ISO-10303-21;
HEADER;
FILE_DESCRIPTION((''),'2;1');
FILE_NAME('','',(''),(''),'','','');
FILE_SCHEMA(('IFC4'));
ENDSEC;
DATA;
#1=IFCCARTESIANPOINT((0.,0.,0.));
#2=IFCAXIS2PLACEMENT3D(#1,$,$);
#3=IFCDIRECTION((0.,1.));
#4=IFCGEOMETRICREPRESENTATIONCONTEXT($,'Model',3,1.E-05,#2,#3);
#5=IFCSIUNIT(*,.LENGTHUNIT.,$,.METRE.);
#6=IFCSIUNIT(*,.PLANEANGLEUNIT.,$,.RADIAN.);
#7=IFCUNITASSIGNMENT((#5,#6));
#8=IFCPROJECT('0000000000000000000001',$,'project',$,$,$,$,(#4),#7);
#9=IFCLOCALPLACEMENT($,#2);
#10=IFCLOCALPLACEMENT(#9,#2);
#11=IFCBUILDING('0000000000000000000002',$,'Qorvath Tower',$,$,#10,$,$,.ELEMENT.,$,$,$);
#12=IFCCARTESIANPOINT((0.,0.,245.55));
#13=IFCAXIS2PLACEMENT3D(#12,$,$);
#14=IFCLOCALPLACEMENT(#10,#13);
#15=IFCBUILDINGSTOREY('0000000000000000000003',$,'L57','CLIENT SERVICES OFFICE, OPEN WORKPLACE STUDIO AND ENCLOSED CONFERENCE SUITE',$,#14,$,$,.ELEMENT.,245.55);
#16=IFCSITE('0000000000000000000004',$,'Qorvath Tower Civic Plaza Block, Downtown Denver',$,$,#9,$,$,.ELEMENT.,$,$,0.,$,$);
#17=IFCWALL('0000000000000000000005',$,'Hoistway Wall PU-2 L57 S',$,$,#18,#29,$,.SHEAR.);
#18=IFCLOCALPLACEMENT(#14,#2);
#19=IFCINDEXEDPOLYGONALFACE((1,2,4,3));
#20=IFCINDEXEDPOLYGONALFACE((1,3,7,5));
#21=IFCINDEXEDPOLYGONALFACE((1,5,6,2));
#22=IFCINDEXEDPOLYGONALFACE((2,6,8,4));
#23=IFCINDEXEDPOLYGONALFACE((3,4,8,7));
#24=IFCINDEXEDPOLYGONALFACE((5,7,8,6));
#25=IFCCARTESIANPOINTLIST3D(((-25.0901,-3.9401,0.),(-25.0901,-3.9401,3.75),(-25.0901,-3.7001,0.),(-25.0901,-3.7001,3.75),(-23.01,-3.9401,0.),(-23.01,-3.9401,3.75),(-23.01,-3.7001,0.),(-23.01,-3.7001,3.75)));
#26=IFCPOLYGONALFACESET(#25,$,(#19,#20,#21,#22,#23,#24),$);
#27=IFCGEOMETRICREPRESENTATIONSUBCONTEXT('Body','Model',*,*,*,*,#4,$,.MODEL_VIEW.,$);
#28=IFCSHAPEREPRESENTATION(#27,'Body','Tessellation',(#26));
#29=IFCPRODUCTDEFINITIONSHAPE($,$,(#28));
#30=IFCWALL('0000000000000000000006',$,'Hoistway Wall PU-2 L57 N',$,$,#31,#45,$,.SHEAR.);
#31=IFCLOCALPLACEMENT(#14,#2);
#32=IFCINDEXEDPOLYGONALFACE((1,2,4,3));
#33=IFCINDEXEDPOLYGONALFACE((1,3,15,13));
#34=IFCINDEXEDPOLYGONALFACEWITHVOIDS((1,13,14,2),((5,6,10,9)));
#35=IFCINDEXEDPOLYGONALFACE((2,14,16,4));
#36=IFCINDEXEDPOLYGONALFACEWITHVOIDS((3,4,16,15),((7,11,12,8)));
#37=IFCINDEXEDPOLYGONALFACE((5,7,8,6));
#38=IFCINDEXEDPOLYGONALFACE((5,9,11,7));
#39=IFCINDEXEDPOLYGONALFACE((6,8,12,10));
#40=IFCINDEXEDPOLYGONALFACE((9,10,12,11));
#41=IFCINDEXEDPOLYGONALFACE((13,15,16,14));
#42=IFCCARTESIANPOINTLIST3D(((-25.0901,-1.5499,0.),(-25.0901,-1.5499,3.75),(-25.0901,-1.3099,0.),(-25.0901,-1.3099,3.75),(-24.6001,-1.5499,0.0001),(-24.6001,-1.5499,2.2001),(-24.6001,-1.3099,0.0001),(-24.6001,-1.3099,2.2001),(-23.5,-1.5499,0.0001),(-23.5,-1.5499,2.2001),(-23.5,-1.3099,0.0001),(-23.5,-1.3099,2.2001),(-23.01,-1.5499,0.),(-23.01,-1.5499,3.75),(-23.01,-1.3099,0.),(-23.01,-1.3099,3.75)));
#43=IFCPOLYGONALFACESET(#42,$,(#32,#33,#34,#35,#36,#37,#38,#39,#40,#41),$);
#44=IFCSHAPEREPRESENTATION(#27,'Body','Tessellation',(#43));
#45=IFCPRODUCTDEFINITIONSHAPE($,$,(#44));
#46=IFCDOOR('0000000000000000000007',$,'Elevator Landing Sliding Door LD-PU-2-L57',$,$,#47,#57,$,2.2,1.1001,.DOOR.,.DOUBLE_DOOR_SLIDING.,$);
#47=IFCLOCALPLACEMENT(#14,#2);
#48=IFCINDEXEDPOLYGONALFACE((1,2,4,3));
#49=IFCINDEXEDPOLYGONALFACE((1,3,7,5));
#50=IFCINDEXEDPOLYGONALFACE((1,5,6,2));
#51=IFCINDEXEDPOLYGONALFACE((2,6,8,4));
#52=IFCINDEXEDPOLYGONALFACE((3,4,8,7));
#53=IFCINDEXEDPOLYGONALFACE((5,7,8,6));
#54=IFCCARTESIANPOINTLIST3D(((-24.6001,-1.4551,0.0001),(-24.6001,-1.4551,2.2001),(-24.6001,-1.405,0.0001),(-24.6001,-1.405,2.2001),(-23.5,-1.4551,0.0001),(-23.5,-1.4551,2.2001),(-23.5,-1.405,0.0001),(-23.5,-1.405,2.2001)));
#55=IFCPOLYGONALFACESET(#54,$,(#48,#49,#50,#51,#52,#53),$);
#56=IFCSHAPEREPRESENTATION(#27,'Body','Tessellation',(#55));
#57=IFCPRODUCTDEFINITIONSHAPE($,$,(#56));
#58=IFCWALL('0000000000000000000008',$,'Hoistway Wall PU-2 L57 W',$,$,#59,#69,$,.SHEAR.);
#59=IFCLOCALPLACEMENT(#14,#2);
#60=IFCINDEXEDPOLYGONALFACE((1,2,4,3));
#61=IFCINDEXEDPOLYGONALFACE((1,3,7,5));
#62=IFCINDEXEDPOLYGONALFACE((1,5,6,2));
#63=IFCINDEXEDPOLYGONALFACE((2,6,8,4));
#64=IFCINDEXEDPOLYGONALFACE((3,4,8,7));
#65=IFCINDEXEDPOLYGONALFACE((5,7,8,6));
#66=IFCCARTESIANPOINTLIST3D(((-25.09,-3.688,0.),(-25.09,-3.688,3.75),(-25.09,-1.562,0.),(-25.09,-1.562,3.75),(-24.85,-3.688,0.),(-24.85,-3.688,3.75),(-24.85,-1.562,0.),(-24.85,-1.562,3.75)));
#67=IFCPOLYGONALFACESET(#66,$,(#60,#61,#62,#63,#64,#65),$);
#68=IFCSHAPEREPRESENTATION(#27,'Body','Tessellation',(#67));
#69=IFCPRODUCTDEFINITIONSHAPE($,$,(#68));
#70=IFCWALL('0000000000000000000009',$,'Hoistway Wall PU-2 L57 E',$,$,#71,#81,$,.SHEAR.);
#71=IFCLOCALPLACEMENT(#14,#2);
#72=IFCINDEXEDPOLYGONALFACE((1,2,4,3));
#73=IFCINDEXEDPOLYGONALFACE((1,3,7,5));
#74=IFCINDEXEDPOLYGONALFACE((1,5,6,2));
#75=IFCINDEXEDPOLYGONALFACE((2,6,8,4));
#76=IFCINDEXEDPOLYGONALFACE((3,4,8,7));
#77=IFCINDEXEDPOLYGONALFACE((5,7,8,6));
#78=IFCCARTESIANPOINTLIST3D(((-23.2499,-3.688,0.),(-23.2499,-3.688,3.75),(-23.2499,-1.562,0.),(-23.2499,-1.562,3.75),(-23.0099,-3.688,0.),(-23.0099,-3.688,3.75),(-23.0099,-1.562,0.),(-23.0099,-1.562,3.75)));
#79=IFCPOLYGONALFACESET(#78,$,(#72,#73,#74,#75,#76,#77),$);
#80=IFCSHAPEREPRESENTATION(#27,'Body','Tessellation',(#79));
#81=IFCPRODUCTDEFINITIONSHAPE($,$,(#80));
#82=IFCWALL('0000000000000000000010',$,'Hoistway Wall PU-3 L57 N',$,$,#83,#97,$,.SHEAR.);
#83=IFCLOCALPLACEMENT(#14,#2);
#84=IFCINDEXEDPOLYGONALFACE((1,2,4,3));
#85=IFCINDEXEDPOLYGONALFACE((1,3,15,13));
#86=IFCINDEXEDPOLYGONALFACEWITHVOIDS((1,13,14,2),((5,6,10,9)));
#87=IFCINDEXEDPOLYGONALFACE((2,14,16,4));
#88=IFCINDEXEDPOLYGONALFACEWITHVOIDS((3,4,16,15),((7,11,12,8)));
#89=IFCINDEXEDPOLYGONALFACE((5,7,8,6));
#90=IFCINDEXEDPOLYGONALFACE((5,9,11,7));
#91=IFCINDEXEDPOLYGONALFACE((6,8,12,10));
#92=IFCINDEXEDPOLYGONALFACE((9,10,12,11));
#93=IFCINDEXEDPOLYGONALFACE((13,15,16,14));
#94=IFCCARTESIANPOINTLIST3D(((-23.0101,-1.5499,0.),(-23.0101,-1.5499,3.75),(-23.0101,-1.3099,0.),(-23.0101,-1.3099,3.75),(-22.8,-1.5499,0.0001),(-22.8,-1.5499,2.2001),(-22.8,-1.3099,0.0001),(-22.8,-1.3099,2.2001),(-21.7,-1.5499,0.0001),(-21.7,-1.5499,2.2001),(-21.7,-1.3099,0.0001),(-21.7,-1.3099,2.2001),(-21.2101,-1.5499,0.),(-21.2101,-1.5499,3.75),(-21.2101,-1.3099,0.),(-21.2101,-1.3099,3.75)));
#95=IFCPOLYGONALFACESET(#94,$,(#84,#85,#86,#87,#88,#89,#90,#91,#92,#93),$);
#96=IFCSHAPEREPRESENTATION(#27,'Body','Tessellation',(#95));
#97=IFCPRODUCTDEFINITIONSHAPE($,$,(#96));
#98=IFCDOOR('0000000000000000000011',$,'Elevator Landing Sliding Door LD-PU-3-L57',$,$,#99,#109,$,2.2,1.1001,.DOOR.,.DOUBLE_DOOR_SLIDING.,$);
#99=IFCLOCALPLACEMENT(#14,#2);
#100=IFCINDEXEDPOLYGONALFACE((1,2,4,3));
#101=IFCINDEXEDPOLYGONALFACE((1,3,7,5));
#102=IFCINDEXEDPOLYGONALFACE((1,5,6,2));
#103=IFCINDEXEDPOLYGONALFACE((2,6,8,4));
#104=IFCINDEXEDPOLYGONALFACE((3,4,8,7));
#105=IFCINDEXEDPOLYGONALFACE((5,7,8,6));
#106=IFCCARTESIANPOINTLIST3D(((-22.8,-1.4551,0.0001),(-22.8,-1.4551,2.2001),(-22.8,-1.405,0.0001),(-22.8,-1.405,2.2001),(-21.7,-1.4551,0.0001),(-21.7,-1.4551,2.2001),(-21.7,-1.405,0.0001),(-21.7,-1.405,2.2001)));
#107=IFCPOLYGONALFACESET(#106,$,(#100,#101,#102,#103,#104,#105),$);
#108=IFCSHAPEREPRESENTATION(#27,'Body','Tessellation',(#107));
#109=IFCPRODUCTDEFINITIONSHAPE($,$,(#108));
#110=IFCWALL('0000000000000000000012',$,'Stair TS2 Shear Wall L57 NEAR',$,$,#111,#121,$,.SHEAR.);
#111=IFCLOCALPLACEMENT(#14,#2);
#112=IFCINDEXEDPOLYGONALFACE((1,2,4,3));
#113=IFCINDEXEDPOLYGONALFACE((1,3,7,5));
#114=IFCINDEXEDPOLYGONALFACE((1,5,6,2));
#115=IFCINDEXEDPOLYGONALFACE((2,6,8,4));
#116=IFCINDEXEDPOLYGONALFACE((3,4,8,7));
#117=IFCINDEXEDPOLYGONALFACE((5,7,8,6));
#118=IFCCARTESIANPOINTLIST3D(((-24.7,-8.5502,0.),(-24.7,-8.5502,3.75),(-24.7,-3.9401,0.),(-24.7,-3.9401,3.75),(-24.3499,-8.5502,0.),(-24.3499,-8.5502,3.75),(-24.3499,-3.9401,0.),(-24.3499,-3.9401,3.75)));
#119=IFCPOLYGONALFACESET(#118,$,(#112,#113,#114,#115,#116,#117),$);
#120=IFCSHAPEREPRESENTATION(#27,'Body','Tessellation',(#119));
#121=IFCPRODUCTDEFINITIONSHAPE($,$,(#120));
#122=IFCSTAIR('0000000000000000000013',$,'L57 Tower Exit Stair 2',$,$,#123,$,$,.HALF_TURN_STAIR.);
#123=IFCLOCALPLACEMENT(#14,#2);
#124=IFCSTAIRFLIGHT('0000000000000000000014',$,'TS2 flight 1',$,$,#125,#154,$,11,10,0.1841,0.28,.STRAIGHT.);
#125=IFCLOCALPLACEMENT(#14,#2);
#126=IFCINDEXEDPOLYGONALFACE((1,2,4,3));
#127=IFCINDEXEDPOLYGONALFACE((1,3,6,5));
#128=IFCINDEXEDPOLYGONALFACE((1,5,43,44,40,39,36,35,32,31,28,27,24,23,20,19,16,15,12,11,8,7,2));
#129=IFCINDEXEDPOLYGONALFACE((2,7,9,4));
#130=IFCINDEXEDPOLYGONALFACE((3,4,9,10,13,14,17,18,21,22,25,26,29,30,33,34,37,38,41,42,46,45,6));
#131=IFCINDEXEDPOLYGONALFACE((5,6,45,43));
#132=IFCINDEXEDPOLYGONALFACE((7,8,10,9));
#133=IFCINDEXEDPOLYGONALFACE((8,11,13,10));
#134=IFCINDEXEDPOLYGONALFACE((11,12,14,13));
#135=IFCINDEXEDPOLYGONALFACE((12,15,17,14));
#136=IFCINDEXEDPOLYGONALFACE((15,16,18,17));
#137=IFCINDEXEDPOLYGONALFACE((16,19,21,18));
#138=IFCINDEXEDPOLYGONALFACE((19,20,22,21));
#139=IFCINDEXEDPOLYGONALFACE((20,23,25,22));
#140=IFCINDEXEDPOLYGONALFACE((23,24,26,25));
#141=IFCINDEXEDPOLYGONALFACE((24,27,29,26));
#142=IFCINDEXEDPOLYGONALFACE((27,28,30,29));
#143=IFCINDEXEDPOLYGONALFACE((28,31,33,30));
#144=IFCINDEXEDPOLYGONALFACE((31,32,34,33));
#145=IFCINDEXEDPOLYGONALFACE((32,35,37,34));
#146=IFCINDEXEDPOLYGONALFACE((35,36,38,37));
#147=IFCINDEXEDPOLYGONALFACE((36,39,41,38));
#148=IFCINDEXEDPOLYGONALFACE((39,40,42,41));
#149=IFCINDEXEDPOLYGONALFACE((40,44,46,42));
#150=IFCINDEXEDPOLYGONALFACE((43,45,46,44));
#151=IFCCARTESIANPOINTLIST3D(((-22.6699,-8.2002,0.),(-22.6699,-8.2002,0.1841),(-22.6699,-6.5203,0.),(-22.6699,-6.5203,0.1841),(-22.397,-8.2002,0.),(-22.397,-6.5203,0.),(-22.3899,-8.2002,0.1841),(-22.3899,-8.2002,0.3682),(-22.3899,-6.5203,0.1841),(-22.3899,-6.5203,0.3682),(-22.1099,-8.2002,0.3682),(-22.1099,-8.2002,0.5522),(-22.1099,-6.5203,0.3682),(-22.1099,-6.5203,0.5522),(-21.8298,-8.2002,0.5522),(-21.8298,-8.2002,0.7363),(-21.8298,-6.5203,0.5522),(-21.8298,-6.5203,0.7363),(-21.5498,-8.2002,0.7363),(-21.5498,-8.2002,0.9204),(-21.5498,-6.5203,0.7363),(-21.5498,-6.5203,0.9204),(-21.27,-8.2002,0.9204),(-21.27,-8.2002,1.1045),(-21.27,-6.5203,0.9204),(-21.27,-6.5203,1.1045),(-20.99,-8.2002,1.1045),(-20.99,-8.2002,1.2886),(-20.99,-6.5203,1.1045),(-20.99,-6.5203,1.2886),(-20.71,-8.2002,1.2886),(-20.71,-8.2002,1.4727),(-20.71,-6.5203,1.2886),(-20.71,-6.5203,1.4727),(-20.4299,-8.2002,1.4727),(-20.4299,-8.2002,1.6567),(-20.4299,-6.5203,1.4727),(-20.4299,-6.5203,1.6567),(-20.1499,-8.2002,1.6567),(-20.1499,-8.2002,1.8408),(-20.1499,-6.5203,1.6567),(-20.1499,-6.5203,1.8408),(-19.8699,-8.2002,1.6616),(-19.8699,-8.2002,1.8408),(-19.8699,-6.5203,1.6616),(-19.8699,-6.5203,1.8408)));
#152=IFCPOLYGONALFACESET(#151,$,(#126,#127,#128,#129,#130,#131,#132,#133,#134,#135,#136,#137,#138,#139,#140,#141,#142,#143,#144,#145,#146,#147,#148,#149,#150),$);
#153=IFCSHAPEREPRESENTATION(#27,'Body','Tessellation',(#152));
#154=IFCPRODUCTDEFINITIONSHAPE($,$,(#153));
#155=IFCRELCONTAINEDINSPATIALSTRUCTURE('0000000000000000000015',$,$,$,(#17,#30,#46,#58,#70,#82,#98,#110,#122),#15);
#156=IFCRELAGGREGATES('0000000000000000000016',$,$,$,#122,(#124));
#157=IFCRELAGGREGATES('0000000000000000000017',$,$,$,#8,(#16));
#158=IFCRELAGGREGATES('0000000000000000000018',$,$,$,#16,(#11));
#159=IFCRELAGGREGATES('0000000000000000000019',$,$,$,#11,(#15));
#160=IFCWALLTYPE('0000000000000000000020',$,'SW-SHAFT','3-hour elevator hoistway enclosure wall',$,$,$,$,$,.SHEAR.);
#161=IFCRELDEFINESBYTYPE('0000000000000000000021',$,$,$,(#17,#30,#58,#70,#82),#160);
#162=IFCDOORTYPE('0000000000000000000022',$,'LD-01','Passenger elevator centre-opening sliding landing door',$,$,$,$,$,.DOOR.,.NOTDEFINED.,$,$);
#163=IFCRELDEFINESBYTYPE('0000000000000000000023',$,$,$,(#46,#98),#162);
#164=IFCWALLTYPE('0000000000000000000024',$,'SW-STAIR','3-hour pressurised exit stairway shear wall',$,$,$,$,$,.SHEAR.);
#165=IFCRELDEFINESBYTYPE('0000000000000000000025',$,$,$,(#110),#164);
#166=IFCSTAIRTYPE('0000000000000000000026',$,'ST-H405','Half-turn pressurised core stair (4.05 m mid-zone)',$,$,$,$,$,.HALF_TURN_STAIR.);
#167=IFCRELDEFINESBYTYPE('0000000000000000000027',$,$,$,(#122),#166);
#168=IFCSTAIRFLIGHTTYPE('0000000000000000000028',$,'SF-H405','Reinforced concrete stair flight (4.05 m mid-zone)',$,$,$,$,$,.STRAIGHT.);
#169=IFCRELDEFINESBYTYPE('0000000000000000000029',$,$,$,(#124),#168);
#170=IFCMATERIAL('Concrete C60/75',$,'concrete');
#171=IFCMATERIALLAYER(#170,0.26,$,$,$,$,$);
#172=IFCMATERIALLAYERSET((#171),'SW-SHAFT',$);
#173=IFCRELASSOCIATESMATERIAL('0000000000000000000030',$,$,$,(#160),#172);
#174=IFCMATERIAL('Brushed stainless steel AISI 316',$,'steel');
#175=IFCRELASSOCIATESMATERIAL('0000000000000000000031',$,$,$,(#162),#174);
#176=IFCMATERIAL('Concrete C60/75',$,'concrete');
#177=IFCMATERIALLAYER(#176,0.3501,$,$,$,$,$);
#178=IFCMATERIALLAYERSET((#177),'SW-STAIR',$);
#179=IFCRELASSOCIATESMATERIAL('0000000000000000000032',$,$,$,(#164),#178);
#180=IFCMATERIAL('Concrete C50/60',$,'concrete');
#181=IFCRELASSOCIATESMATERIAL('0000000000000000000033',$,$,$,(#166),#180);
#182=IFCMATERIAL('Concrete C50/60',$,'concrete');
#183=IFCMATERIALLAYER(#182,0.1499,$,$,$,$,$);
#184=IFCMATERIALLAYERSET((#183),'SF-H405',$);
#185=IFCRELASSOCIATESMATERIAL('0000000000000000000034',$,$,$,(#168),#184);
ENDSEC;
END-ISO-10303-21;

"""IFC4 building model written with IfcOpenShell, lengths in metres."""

from ifc_helpers import new_model, si_unit, direction, frame, frame_2d, origin, place, context, subcontext, project, spatial, polyline, rectangle, outline, extrude, material, layer, layer_set, type_object, element, fill, aggregate, save


model = new_model("IFC4")

# Units and contexts
model_context = context("Model", 3, precision=1e-05, world=origin(), true_north=direction((0.0, 1.0)))
body_context = subcontext(model_context, "Body", "Model", "MODEL_VIEW")
ifc_project = project(units=[si_unit("LENGTHUNIT", "METRE"), si_unit("PLANEANGLEUNIT", "RADIAN")], contexts=[model_context])

# Site, building, storey
site_placement = place(None, origin())
site = spatial("IfcSite", under=ifc_project, at=site_placement, Name="Qorvath Tower Civic Plaza Block, Downtown Denver", CompositionType="ELEMENT", RefElevation=0.0)
building_placement = place(site_placement, origin())
building = spatial("IfcBuilding", under=site, at=building_placement, Name="Qorvath Tower", CompositionType="ELEMENT")
storey_placement = place(building_placement, frame((0.0, 0.0, 245.55)))
storey = spatial("IfcBuildingStorey", under=building, at=storey_placement, Name="L57", Description="CLIENT SERVICES OFFICE, OPEN WORKPLACE STUDIO AND ENCLOSED CONFERENCE SUITE", CompositionType="ELEMENT", Elevation=245.55)

# Shared definitions
ifc_material_1 = material(Name="Concrete C60/75", Category="concrete")
ifc_layer_1 = layer(ifc_material_1, 0.26)
ifc_layer_set_1 = layer_set([ifc_layer_1], Name="SW-SHAFT")
wall_type_1 = type_object("IfcWallType", Name="SW-SHAFT", Description="3-hour elevator hoistway enclosure wall", PredefinedType="SHEAR", material=ifc_layer_set_1)

# Wall
wall_1_placement = place(storey_placement, frame((-23.01, -3.8201, 0.0), z_axis=(0.0, 0.0, 1.0), x_axis=(-1.0, 0.0, 0.0)))
element("IfcWall", 1, at=wall_1_placement, inside=storey, type_object=wall_type_1, Name="Hoistway Wall PU-2 L57 S", PredefinedType="SHEAR", context=body_context, shape_type="SweptSolid", body=[
    extrude(rectangle(XDim=2.0801, YDim=0.24, at=frame_2d((1.04, 0.0))), origin(), (0.0, 0.0, 1.0), 3.75),
])

# Wall, opening, door
wall_2_placement = place(storey_placement, frame((-25.0901, -1.4299, 0.0), z_axis=(0.0, 0.0, 1.0), x_axis=(1.0, 0.0, 0.0)))
wall_2 = element("IfcWall", 2, at=wall_2_placement, inside=storey, type_object=wall_type_1, Name="Hoistway Wall PU-2 L57 N", PredefinedType="SHEAR", context=body_context, shape_type="SweptSolid", body=[
    extrude(rectangle(XDim=2.0801, YDim=0.24, at=frame_2d((1.04, 0.0))), origin(), (0.0, 0.0, 1.0), 3.75),
])
opening_1_placement = place(wall_2_placement, frame((0.49, 0.0, 0.0)))
opening_1 = element("IfcOpeningElement", 3, at=opening_1_placement, cuts=wall_2, PredefinedType="OPENING", context=body_context, shape_type="SweptSolid", body=[
    extrude(rectangle(XDim=1.1001, YDim=2.2, at=frame_2d((0.55, 1.1001))), frame((0.0, 0.1299, 0.0), z_axis=(0.0, -1.0, 0.0), x_axis=(1.0, 0.0, 0.0)), (0.0, 0.0, 1.0), 0.26),
])
ifc_material_2 = material(Name="Brushed stainless steel AISI 316", Category="steel")
door_type_1 = type_object("IfcDoorType", Name="LD-01", Description="Passenger elevator centre-opening sliding landing door", OperationType="NOTDEFINED", PredefinedType="DOOR", material=ifc_material_2)
door_1_placement = place(opening_1_placement, origin())
door_1 = element("IfcDoor", 4, at=door_1_placement, inside=storey, type_object=door_type_1, Name="Elevator Landing Sliding Door LD-PU-2-L57", OperationType="DOUBLE_DOOR_SLIDING", OverallHeight=2.2, OverallWidth=1.1001, PredefinedType="DOOR", context=body_context, shape_type="SweptSolid", body=[
    extrude(rectangle(XDim=1.1001, YDim=2.2, at=frame_2d((0.55, 1.1001))), frame((0.0, 0.0249, 0.0), z_axis=(0.0, -1.0, 0.0), x_axis=(1.0, 0.0, 0.0)), (0.0, 0.0, 1.0), 0.05),
])
fill(opening_1, door_1)

# Walls
for number, where, z_axis, x_axis, name in (
    (5, (-24.97, -3.688, 0.0), (0.0, 0.0, 1.0), (0.0, 1.0, 0.0), "Hoistway Wall PU-2 L57 W"),
    (6, (-23.1299, -1.562, 0.0), (0.0, 0.0, 1.0), (0.0, -1.0, 0.0), "Hoistway Wall PU-2 L57 E"),
):
    element("IfcWall", number, at=place(storey_placement, frame(where, z_axis=z_axis, x_axis=x_axis)), inside=storey, type_object=wall_type_1, Name=name, PredefinedType="SHEAR", context=body_context, shape_type="SweptSolid", body=[
        extrude(rectangle(XDim=2.126, YDim=0.24, at=frame_2d((1.063, 0.0))), origin(), (0.0, 0.0, 1.0), 3.75),
    ])

# Wall, opening, door
wall_3_placement = place(storey_placement, frame((-23.01, -1.4299, 0.0), z_axis=(0.0, 0.0, 1.0), x_axis=(1.0, 0.0, 0.0)))
wall_3 = element("IfcWall", 7, at=wall_3_placement, inside=storey, type_object=wall_type_1, Name="Hoistway Wall PU-3 L57 N", PredefinedType="SHEAR", context=body_context, shape_type="SweptSolid", body=[
    extrude(rectangle(XDim=1.8, YDim=0.24, at=frame_2d((0.8999, 0.0))), origin(), (0.0, 0.0, 1.0), 3.75),
])
opening_2_placement = place(wall_3_placement, frame((0.21, 0.0, 0.0)))
opening_2 = element("IfcOpeningElement", 8, at=opening_2_placement, cuts=wall_3, PredefinedType="OPENING", context=body_context, shape_type="SweptSolid", body=[
    extrude(rectangle(XDim=1.1001, YDim=2.2, at=frame_2d((0.55, 1.1001))), frame((0.0, 0.1299, 0.0), z_axis=(0.0, -1.0, 0.0), x_axis=(1.0, 0.0, 0.0)), (0.0, 0.0, 1.0), 0.26),
])
door_2_placement = place(opening_2_placement, origin())
door_2 = element("IfcDoor", 9, at=door_2_placement, inside=storey, type_object=door_type_1, Name="Elevator Landing Sliding Door LD-PU-3-L57", OperationType="DOUBLE_DOOR_SLIDING", OverallHeight=2.2, OverallWidth=1.1001, PredefinedType="DOOR", context=body_context, shape_type="SweptSolid", body=[
    extrude(rectangle(XDim=1.1001, YDim=2.2, at=frame_2d((0.55, 1.1001))), frame((0.0, 0.0249, 0.0), z_axis=(0.0, -1.0, 0.0), x_axis=(1.0, 0.0, 0.0)), (0.0, 0.0, 1.0), 0.05),
])
fill(opening_2, door_2)

# Wall
ifc_material_3 = material(Name="Concrete C60/75", Category="concrete")
ifc_layer_2 = layer(ifc_material_3, 0.3501)
ifc_layer_set_2 = layer_set([ifc_layer_2], Name="SW-STAIR")
wall_type_2 = type_object("IfcWallType", Name="SW-STAIR", Description="3-hour pressurised exit stairway shear wall", PredefinedType="SHEAR", material=ifc_layer_set_2)
wall_4_placement = place(storey_placement, frame((-24.5249, -3.9399, 0.0), z_axis=(0.0, 0.0, 1.0), x_axis=(0.0, -1.0, 0.0)))
element("IfcWall", 10, at=wall_4_placement, inside=storey, type_object=wall_type_2, Name="Stair TS2 Shear Wall L57 NEAR", PredefinedType="SHEAR", context=body_context, shape_type="SweptSolid", body=[
    extrude(rectangle(XDim=4.6101, YDim=0.3501, at=frame_2d((2.3052, 0.0))), origin(), (0.0, 0.0, 1.0), 3.75),
])

# Stair, stair flight
ifc_material_4 = material(Name="Concrete C50/60", Category="concrete")
stair_type = type_object("IfcStairType", Name="ST-H405", Description="Half-turn pressurised core stair (4.05 m mid-zone)", PredefinedType="HALF_TURN_STAIR", material=ifc_material_4)
stair_placement = place(storey_placement, origin())
stair = element("IfcStair", 11, at=stair_placement, inside=storey, type_object=stair_type, Name="L57 Tower Exit Stair 2", PredefinedType="HALF_TURN_STAIR")
ifc_material_5 = material(Name="Concrete C50/60", Category="concrete")
ifc_layer_3 = layer(ifc_material_5, 0.1499)
ifc_layer_set_3 = layer_set([ifc_layer_3], Name="SF-H405")
stair_flight_type = type_object("IfcStairFlightType", Name="SF-H405", Description="Reinforced concrete stair flight (4.05 m mid-zone)", PredefinedType="STRAIGHT", material=ifc_layer_set_3)
stair_flight_placement = place(storey_placement, frame((-22.6699, -7.3601, 0.0), z_axis=(0.0, 0.0, 1.0), x_axis=(1.0, 0.0, 0.0)))
stair_flight = element("IfcStairFlight", 12, at=stair_flight_placement, type_object=stair_flight_type, Name="TS2 flight 1", NumberOfRisers=11, NumberOfTreads=10, PredefinedType="STRAIGHT", RiserHeight=0.1841, TreadLength=0.28, context=body_context, shape_type="SweptSolid", body=[
    extrude(outline(polyline([(0.0, 0.0), (0.0, 0.1841), (0.28, 0.1841), (0.28, 0.3682), (0.5601, 0.3682), (0.5601, 0.5522), (0.8401, 0.5522), (0.8401, 0.7363), (1.1201, 0.7363), (1.1201, 0.9204), (1.3999, 0.9204), (1.3999, 1.1045), (1.6799, 1.1045), (1.6799, 1.2886), (1.96, 1.2886), (1.96, 1.4727), (2.24, 1.4727), (2.24, 1.6567), (2.52, 1.6567), (2.52, 1.8408), (2.8, 1.8408), (2.8, 2.0249), (2.8, 1.6616), (0.2729, 0.0), (0.0, 0.0)])), frame((0.0, 0.8398, 0.0), z_axis=(0.0, -1.0, 0.0), x_axis=(1.0, 0.0, 0.0)), (0.0, 0.0, 1.0), 1.6799),
])
aggregate(stair, [stair_flight])

save(model, "model.ifc")
